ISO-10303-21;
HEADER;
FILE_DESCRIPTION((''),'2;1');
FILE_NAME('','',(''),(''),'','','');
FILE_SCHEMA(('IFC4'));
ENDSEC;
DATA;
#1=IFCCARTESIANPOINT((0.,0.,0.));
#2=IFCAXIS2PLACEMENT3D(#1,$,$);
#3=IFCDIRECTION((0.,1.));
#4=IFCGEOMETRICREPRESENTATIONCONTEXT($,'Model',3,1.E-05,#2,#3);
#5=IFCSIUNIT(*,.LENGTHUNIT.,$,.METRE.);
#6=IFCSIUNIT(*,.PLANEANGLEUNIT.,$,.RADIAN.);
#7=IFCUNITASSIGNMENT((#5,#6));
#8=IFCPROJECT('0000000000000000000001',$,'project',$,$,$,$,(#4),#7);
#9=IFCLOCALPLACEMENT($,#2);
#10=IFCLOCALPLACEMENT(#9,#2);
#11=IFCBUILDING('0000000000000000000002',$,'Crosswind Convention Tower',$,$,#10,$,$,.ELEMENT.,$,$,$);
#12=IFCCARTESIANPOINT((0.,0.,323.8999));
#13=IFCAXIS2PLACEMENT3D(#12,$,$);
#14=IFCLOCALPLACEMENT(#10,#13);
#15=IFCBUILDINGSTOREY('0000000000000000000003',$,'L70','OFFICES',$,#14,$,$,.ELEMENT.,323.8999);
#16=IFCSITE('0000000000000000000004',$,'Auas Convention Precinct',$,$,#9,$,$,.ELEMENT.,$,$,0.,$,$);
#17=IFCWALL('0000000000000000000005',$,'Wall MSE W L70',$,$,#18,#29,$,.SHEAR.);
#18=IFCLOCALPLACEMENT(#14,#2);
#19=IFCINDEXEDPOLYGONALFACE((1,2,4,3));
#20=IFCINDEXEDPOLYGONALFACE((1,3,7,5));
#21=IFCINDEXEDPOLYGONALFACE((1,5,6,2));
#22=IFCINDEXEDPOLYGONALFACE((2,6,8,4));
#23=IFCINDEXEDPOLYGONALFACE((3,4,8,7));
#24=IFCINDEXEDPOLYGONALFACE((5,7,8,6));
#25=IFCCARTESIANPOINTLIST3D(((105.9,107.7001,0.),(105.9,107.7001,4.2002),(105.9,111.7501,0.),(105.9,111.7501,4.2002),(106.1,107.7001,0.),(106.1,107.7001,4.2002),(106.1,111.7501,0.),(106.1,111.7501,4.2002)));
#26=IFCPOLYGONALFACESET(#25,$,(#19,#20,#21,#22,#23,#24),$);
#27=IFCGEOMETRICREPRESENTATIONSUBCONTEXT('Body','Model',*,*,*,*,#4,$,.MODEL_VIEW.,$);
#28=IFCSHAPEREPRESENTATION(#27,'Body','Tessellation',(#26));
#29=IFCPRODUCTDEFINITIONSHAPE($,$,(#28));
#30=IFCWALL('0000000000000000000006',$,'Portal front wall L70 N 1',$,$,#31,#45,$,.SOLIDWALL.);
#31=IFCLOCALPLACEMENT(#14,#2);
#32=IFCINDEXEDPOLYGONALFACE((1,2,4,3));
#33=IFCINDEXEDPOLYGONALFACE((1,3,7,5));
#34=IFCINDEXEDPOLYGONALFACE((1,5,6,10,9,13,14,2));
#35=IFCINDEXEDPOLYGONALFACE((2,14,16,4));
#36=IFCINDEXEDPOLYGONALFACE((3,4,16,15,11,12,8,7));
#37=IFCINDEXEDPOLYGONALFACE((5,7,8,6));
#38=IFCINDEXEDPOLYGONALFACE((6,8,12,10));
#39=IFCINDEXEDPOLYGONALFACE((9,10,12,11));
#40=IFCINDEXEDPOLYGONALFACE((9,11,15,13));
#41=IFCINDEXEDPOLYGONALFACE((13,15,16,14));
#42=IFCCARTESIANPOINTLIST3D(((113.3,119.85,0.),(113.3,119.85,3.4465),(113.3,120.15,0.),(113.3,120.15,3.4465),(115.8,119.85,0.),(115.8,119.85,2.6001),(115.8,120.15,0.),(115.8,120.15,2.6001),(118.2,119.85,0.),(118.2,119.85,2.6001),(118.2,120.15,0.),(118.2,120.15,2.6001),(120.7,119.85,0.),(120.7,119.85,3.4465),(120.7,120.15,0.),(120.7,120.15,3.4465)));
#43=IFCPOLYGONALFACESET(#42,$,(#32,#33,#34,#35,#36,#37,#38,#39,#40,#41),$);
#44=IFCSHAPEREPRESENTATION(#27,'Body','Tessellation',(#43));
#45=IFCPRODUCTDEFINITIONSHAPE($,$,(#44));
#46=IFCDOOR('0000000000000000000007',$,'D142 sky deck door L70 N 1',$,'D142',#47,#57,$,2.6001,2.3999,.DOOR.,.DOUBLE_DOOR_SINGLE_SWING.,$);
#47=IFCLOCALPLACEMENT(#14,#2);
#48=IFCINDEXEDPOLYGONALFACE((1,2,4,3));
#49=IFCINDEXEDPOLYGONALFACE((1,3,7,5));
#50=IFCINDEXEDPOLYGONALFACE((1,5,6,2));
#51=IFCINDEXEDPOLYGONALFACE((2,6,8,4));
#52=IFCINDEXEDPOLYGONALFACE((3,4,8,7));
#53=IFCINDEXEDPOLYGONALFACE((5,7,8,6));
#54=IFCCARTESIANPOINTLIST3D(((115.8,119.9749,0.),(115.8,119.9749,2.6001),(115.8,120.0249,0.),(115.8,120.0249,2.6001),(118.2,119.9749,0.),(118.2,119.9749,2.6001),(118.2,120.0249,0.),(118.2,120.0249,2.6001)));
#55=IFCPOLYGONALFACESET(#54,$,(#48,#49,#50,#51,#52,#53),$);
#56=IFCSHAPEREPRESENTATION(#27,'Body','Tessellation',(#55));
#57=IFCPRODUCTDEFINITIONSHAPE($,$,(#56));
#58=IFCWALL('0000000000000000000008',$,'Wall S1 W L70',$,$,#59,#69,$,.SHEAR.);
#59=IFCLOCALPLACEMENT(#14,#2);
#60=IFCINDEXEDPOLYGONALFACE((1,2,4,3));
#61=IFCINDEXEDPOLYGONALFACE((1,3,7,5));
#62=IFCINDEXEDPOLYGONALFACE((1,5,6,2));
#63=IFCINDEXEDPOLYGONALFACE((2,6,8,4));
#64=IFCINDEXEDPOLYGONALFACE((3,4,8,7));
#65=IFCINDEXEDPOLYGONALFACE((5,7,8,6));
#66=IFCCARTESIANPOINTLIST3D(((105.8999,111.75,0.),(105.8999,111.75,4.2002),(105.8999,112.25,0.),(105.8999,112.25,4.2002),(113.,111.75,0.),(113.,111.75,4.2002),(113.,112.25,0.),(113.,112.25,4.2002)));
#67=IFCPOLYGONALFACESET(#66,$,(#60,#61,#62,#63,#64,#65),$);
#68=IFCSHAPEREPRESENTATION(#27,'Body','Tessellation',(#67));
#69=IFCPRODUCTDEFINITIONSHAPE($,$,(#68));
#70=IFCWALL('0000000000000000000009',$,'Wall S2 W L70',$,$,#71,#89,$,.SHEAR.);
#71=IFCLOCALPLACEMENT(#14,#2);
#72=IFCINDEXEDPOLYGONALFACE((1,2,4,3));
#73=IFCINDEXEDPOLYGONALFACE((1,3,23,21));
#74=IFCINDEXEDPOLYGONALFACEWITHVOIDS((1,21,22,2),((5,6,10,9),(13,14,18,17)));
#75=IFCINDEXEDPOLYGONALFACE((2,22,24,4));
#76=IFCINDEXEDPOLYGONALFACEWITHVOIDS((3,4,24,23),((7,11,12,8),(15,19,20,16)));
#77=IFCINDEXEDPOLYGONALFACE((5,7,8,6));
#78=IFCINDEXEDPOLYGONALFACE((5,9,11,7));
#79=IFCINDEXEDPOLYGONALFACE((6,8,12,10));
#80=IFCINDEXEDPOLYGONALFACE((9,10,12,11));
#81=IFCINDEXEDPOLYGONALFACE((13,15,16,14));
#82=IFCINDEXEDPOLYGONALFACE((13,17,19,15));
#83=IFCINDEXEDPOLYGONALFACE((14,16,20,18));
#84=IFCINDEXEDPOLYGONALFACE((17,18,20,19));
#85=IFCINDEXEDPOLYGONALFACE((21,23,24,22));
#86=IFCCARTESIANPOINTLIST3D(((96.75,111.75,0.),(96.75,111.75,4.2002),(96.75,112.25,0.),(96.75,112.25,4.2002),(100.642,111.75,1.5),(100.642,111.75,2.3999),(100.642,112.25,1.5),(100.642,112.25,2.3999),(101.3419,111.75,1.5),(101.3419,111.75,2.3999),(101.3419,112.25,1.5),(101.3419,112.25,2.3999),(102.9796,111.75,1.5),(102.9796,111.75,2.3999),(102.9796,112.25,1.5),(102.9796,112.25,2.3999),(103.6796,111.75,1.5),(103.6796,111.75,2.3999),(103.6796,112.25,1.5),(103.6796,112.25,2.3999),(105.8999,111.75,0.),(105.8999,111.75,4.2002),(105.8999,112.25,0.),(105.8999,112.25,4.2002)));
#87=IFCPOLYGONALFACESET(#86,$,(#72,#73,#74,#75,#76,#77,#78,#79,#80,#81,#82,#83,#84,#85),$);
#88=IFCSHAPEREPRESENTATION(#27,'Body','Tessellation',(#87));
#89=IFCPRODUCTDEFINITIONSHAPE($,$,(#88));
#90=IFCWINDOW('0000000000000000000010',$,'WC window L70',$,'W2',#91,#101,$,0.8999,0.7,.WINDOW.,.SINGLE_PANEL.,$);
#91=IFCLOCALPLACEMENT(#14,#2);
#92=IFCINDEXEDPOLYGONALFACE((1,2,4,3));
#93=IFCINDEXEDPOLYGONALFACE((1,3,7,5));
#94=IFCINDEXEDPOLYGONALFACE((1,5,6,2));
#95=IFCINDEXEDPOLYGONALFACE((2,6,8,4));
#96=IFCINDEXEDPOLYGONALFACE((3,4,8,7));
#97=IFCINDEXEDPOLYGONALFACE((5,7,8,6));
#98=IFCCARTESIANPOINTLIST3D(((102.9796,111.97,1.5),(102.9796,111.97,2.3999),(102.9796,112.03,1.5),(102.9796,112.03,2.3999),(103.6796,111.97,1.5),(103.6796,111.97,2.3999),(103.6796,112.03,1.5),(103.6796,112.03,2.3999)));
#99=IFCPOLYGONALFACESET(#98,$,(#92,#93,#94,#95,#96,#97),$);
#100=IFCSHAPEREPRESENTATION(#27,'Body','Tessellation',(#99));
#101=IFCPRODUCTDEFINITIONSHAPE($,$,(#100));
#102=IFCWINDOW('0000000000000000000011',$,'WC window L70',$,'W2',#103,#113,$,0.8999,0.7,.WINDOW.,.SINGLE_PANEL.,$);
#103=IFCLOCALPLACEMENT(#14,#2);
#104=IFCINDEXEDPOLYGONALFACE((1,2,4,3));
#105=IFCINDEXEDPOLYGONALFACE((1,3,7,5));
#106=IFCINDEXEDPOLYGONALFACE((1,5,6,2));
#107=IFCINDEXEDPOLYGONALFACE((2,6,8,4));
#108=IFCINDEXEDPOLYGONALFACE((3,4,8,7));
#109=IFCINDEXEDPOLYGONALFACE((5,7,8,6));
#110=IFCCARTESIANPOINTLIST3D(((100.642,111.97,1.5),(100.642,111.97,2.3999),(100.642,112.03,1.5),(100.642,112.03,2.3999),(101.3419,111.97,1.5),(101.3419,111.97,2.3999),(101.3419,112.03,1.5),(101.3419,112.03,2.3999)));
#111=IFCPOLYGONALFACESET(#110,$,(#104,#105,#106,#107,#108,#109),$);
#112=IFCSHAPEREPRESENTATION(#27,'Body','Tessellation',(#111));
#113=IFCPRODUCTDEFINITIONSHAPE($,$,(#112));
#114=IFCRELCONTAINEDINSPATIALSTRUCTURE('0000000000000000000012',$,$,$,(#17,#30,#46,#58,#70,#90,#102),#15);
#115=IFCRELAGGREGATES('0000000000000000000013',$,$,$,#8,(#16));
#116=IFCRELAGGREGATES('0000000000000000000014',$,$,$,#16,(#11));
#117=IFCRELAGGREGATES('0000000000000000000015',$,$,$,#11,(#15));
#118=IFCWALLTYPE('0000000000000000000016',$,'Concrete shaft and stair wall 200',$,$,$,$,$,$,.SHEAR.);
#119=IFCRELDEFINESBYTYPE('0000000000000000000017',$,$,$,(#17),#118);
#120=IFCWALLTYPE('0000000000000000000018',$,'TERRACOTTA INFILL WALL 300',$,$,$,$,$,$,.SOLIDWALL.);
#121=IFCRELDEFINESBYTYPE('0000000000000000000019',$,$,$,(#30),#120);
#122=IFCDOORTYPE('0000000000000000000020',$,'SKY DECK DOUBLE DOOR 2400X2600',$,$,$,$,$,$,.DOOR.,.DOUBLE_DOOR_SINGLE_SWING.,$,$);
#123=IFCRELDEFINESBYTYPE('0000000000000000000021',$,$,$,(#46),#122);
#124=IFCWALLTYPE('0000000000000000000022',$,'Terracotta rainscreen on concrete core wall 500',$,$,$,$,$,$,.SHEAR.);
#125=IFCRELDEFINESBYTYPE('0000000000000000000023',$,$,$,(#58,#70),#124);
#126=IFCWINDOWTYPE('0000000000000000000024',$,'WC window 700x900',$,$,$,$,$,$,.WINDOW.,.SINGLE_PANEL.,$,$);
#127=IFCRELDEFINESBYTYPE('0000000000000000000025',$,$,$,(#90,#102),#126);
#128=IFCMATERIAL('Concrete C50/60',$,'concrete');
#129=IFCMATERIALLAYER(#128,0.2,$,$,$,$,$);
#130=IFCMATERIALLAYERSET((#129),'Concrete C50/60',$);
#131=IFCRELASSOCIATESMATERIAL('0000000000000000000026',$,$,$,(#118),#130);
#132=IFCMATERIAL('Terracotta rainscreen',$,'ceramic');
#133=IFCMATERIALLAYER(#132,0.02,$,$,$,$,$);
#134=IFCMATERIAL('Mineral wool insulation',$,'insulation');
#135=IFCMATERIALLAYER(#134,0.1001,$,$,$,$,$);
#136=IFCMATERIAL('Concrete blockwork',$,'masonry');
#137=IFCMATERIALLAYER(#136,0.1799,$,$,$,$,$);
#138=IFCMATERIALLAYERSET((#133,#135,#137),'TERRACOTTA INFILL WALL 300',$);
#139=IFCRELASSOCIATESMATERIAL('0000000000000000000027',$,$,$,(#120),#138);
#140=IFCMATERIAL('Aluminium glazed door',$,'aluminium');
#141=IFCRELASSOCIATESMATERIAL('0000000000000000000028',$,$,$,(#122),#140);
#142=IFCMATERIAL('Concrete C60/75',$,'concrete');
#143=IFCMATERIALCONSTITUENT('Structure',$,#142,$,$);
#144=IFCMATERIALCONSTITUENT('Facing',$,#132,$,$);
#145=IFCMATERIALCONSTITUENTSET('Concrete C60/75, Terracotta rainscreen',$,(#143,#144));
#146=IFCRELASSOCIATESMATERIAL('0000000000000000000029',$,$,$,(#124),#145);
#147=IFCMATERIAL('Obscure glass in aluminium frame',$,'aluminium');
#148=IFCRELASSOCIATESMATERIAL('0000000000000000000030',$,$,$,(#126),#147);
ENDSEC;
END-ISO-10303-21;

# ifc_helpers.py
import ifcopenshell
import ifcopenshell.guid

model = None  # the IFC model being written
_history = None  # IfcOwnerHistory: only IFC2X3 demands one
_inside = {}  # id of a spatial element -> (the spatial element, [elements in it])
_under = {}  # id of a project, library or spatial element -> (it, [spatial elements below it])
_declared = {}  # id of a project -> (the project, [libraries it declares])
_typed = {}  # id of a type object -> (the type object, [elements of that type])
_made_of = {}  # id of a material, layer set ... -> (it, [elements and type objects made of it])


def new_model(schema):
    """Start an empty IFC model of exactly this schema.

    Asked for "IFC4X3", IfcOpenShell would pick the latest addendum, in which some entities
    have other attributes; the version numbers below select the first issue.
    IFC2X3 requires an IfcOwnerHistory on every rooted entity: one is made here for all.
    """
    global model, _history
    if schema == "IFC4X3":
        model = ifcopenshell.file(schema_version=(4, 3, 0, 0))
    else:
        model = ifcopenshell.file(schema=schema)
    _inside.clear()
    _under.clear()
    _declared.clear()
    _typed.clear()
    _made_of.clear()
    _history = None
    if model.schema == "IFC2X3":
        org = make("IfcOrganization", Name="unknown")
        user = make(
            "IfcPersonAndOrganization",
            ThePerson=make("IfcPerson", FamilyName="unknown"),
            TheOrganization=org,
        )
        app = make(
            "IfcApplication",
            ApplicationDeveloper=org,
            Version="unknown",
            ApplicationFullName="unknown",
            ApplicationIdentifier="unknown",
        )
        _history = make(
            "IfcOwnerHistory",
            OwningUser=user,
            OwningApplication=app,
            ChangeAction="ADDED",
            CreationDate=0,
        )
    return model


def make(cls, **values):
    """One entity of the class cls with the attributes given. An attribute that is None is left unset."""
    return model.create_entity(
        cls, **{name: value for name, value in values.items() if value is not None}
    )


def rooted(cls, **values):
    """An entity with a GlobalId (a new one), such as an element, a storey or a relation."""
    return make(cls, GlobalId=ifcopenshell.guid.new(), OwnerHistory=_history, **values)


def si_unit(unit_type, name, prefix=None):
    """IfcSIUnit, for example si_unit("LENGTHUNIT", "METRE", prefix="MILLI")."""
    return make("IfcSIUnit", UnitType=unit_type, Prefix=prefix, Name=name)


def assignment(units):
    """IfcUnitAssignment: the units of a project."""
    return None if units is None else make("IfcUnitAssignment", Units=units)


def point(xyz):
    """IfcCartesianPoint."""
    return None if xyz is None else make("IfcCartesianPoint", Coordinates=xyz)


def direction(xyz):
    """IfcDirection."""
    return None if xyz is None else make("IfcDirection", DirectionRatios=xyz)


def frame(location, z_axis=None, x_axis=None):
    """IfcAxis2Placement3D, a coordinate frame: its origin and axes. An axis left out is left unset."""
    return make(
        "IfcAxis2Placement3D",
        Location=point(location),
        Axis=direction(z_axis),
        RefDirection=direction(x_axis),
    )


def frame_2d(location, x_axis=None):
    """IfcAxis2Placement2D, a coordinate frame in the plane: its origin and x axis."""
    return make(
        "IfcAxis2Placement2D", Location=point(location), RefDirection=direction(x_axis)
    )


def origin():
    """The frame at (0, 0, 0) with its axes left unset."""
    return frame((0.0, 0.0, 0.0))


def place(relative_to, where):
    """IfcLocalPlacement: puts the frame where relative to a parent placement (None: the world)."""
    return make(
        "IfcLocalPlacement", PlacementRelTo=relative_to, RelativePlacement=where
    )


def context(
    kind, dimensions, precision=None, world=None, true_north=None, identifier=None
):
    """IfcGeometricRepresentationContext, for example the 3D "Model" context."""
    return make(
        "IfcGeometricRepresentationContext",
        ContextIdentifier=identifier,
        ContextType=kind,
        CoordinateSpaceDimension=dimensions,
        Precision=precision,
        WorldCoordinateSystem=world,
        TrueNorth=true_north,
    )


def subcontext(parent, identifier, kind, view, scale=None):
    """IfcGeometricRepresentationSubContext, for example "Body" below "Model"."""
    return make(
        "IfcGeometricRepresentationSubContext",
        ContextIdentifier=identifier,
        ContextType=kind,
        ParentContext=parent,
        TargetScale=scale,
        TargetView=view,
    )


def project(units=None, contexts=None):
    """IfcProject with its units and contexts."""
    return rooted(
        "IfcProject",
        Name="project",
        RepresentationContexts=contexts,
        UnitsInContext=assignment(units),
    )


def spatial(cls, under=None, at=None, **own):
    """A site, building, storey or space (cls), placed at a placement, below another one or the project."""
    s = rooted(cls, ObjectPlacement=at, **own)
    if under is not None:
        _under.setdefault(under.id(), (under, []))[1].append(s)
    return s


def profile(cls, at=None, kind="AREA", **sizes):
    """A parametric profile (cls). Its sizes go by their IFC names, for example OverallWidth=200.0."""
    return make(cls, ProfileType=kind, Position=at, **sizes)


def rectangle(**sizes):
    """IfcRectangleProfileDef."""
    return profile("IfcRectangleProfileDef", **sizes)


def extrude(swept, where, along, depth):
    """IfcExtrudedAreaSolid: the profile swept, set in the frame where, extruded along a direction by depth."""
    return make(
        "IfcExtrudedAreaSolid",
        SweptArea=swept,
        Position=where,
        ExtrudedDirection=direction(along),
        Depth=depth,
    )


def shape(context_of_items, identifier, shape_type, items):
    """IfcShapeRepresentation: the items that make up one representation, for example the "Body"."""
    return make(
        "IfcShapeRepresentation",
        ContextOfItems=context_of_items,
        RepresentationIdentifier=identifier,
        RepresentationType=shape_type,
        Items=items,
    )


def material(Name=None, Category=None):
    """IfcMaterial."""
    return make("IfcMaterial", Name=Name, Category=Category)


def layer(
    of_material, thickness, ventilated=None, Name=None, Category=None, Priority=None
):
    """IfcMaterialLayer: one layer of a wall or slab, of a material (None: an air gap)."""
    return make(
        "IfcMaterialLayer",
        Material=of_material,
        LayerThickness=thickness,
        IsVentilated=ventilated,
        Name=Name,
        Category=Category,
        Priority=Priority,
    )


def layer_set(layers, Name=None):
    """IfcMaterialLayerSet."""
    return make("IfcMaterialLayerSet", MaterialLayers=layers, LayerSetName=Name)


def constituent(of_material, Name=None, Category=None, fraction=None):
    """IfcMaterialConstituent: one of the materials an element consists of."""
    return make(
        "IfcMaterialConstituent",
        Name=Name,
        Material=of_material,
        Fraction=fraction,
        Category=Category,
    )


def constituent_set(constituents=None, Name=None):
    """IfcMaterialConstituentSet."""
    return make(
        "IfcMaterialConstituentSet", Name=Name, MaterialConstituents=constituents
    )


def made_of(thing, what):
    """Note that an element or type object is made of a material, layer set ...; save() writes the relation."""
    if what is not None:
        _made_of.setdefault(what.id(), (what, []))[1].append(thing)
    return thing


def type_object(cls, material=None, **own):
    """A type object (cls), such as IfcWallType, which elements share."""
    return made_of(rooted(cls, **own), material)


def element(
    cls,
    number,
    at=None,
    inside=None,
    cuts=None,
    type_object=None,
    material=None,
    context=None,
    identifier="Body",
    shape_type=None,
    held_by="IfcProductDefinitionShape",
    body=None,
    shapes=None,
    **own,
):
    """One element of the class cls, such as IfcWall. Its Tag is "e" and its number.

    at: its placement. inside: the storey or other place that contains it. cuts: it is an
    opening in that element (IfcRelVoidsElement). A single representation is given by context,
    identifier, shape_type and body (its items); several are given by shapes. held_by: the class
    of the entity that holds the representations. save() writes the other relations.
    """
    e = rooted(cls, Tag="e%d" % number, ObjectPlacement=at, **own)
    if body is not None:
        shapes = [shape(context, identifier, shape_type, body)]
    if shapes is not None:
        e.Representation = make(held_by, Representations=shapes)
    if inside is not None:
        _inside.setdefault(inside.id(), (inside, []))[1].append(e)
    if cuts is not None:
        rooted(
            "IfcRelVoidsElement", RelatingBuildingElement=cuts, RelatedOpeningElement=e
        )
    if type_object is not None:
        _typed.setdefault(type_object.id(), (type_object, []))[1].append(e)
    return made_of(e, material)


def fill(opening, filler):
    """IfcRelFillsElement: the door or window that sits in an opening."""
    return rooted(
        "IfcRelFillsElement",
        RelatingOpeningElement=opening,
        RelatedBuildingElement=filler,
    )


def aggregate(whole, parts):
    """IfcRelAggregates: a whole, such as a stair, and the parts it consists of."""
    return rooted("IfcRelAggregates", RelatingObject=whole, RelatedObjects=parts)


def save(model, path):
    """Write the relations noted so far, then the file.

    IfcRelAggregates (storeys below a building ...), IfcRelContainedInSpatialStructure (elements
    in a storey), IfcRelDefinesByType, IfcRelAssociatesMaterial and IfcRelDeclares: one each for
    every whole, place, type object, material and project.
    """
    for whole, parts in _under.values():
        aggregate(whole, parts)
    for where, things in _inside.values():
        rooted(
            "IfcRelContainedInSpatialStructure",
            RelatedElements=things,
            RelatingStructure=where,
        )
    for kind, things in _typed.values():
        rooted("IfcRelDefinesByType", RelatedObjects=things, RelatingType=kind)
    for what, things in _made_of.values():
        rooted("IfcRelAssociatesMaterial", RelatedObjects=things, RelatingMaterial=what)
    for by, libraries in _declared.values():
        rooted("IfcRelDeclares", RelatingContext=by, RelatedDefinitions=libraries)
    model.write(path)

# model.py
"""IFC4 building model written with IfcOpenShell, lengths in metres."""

from ifc_helpers import new_model, si_unit, direction, frame, frame_2d, origin, place, context, subcontext, project, spatial, rectangle, extrude, material, layer, layer_set, constituent, constituent_set, type_object, element, fill, save


model = new_model("IFC4")

# Units and contexts
model_context = context("Model", 3, precision=1e-05, world=origin(), true_north=direction((0.0, 1.0)))
body_context = subcontext(model_context, "Body", "Model", "MODEL_VIEW")
ifc_project = project(units=[si_unit("LENGTHUNIT", "METRE"), si_unit("PLANEANGLEUNIT", "RADIAN")], contexts=[model_context])

# Site, building, storey
site_placement = place(None, origin())
site = spatial("IfcSite", under=ifc_project, at=site_placement, Name="Auas Convention Precinct", CompositionType="ELEMENT", RefElevation=0.0)
building_placement = place(site_placement, origin())
building = spatial("IfcBuilding", under=site, at=building_placement, Name="Crosswind Convention Tower", CompositionType="ELEMENT")
storey_placement = place(building_placement, frame((0.0, 0.0, 323.8999)))
storey = spatial("IfcBuildingStorey", under=building, at=storey_placement, Name="L70", Description="OFFICES", CompositionType="ELEMENT", Elevation=323.8999)

# Shared definitions
ifc_material_1 = material(Name="Concrete C60/75", Category="concrete")

# Wall
ifc_material_2 = material(Name="Concrete blockwork", Category="masonry")
ifc_material_3 = material(Name="Concrete C50/60", Category="concrete")
ifc_layer_1 = layer(ifc_material_3, 0.2)
ifc_layer_set_1 = layer_set([ifc_layer_1], Name="Concrete C50/60")
wall_type_1 = type_object("IfcWallType", Name="Concrete shaft and stair wall 200", PredefinedType="SHEAR", material=ifc_layer_set_1)
wall_1_placement = place(storey_placement, frame((106.0, 111.75, 0.0), z_axis=(0.0, 0.0, 1.0), x_axis=(0.0, -1.0, 0.0)))
element("IfcWall", 1, at=wall_1_placement, inside=storey, type_object=wall_type_1, Name="Wall MSE W L70", PredefinedType="SHEAR", context=body_context, shape_type="SweptSolid", body=[
    extrude(rectangle(XDim=4.05, YDim=0.2, at=frame_2d((2.0249, 0.0))), origin(), (0.0, 0.0, 1.0), 4.2002),
])

# Wall, opening, door
ifc_material_4 = material(Name="Terracotta rainscreen", Category="ceramic")
ifc_layer_2 = layer(ifc_material_4, 0.02)
ifc_material_5 = material(Name="Mineral wool insulation", Category="insulation")
ifc_layer_3 = layer(ifc_material_5, 0.1001)
ifc_layer_4 = layer(ifc_material_2, 0.1799)
ifc_layer_set_2 = layer_set([ifc_layer_2, ifc_layer_3, ifc_layer_4], Name="TERRACOTTA INFILL WALL 300")
wall_type_2 = type_object("IfcWallType", Name="TERRACOTTA INFILL WALL 300", PredefinedType="SOLIDWALL", material=ifc_layer_set_2)
wall_2_placement = place(storey_placement, frame((113.3, 120.0, 0.0), z_axis=(0.0, 0.0, 1.0), x_axis=(1.0, 0.0, 0.0)))
wall_2 = element("IfcWall", 2, at=wall_2_placement, inside=storey, type_object=wall_type_2, Name="Portal front wall L70 N 1", PredefinedType="SOLIDWALL", context=body_context, shape_type="SweptSolid", body=[
    extrude(rectangle(XDim=7.3999, YDim=0.3, at=frame_2d((3.7, 0.0))), origin(), (0.0, 0.0, 1.0), 3.4465),
])
opening_1_placement = place(wall_2_placement, frame((2.5, 0.0, 0.0)))
opening_1 = element("IfcOpeningElement", 3, at=opening_1_placement, cuts=wall_2, PredefinedType="OPENING", context=body_context, shape_type="SweptSolid", body=[
    extrude(rectangle(XDim=2.3999, YDim=2.6001, at=frame_2d((1.2, 1.3))), frame((0.0, 0.1599, 0.0), z_axis=(0.0, -1.0, 0.0), x_axis=(1.0, 0.0, 0.0)), (0.0, 0.0, 1.0), 0.3201),
])
ifc_material_6 = material(Name="Aluminium glazed door", Category="aluminium")
door_type = type_object("IfcDoorType", Name="SKY DECK DOUBLE DOOR 2400X2600", OperationType="DOUBLE_DOOR_SINGLE_SWING", PredefinedType="DOOR", material=ifc_material_6)
door_placement = place(opening_1_placement, origin())
door = element("IfcDoor", 4, at=door_placement, inside=storey, type_object=door_type, Name="D142 sky deck door L70 N 1", ObjectType="D142", OperationType="DOUBLE_DOOR_SINGLE_SWING", OverallHeight=2.6001, OverallWidth=2.3999, PredefinedType="DOOR", context=body_context, shape_type="SweptSolid", body=[
    extrude(rectangle(XDim=2.3999, YDim=2.6001, at=frame_2d((1.2, 1.3))), frame((0.0, 0.0249, 0.0), z_axis=(0.0, -1.0, 0.0), x_axis=(1.0, 0.0, 0.0)), (0.0, 0.0, 1.0), 0.05),
])
fill(opening_1, door)

# Wall
ifc_constituent_1 = constituent(ifc_material_1, Name="Structure")
ifc_constituent_2 = constituent(ifc_material_4, Name="Facing")
ifc_constituent_set = constituent_set(constituents=[ifc_constituent_1, ifc_constituent_2], Name="Concrete C60/75, Terracotta rainscreen")
wall_type_3 = type_object("IfcWallType", Name="Terracotta rainscreen on concrete core wall 500", PredefinedType="SHEAR", material=ifc_constituent_set)
wall_3_placement = place(storey_placement, frame((113.0, 112.0, 0.0), z_axis=(0.0, 0.0, 1.0), x_axis=(-1.0, 0.0, 0.0)))
element("IfcWall", 5, at=wall_3_placement, inside=storey, type_object=wall_type_3, Name="Wall S1 W L70", PredefinedType="SHEAR", context=body_context, shape_type="SweptSolid", body=[
    extrude(rectangle(XDim=7.1001, YDim=0.5, at=frame_2d((3.55, 0.0))), origin(), (0.0, 0.0, 1.0), 4.2002),
])

# Wall, openings, windows
wall_4_placement = place(storey_placement, frame((105.8999, 112.0, 0.0), z_axis=(0.0, 0.0, 1.0), x_axis=(-1.0, 0.0, 0.0)))
wall_4 = element("IfcWall", 6, at=wall_4_placement, inside=storey, type_object=wall_type_3, Name="Wall S2 W L70", PredefinedType="SHEAR", context=body_context, shape_type="SweptSolid", body=[
    extrude(rectangle(XDim=9.1499, YDim=0.5, at=frame_2d((4.575, 0.0))), origin(), (0.0, 0.0, 1.0), 4.2002),
])
opening_2_placement = place(wall_4_placement, frame((2.2202, 0.0, 1.5)))
opening_2 = element("IfcOpeningElement", 7, at=opening_2_placement, cuts=wall_4, PredefinedType="OPENING", context=body_context, shape_type="SweptSolid", body=[
    extrude(rectangle(XDim=0.7, YDim=0.8999, at=frame_2d((0.3501, 0.45))), frame((0.0, 0.26, 0.0), z_axis=(0.0, -1.0, 0.0), x_axis=(1.0, 0.0, 0.0)), (0.0, 0.0, 1.0), 0.52),
])
opening_3_placement = place(wall_4_placement, frame((4.5579, 0.0, 1.5)))
opening_3 = element("IfcOpeningElement", 8, at=opening_3_placement, cuts=wall_4, PredefinedType="OPENING", context=body_context, shape_type="SweptSolid", body=[
    extrude(rectangle(XDim=0.7, YDim=0.8999, at=frame_2d((0.3501, 0.45))), frame((0.0, 0.26, 0.0), z_axis=(0.0, -1.0, 0.0), x_axis=(1.0, 0.0, 0.0)), (0.0, 0.0, 1.0), 0.52),
])
ifc_material_7 = material(Name="Obscure glass in aluminium frame", Category="aluminium")
window_type = type_object("IfcWindowType", Name="WC window 700x900", PartitioningType="SINGLE_PANEL", PredefinedType="WINDOW", material=ifc_material_7)
window_1_placement = place(opening_2_placement, origin())
window_1 = element("IfcWindow", 9, at=window_1_placement, inside=storey, type_object=window_type, Name="WC window L70", ObjectType="W2", OverallHeight=0.8999, OverallWidth=0.7, PartitioningType="SINGLE_PANEL", PredefinedType="WINDOW", context=body_context, shape_type="SweptSolid", body=[
    extrude(rectangle(XDim=0.7, YDim=0.8999, at=frame_2d((0.3501, 0.45))), frame((0.0, 0.03, 0.0), z_axis=(0.0, -1.0, 0.0), x_axis=(1.0, 0.0, 0.0)), (0.0, 0.0, 1.0), 0.0601),
])
fill(opening_2, window_1)
window_2_placement = place(opening_3_placement, origin())
window_2 = element("IfcWindow", 10, at=window_2_placement, inside=storey, type_object=window_type, Name="WC window L70", ObjectType="W2", OverallHeight=0.8999, OverallWidth=0.7, PartitioningType="SINGLE_PANEL", PredefinedType="WINDOW", context=body_context, shape_type="SweptSolid", body=[
    extrude(rectangle(XDim=0.7, YDim=0.8999, at=frame_2d((0.3501, 0.45))), frame((0.0, 0.03, 0.0), z_axis=(0.0, -1.0, 0.0), x_axis=(1.0, 0.0, 0.0)), (0.0, 0.0, 1.0), 0.0601),
])
fill(opening_3, window_2)

save(model, "model.ifc")
